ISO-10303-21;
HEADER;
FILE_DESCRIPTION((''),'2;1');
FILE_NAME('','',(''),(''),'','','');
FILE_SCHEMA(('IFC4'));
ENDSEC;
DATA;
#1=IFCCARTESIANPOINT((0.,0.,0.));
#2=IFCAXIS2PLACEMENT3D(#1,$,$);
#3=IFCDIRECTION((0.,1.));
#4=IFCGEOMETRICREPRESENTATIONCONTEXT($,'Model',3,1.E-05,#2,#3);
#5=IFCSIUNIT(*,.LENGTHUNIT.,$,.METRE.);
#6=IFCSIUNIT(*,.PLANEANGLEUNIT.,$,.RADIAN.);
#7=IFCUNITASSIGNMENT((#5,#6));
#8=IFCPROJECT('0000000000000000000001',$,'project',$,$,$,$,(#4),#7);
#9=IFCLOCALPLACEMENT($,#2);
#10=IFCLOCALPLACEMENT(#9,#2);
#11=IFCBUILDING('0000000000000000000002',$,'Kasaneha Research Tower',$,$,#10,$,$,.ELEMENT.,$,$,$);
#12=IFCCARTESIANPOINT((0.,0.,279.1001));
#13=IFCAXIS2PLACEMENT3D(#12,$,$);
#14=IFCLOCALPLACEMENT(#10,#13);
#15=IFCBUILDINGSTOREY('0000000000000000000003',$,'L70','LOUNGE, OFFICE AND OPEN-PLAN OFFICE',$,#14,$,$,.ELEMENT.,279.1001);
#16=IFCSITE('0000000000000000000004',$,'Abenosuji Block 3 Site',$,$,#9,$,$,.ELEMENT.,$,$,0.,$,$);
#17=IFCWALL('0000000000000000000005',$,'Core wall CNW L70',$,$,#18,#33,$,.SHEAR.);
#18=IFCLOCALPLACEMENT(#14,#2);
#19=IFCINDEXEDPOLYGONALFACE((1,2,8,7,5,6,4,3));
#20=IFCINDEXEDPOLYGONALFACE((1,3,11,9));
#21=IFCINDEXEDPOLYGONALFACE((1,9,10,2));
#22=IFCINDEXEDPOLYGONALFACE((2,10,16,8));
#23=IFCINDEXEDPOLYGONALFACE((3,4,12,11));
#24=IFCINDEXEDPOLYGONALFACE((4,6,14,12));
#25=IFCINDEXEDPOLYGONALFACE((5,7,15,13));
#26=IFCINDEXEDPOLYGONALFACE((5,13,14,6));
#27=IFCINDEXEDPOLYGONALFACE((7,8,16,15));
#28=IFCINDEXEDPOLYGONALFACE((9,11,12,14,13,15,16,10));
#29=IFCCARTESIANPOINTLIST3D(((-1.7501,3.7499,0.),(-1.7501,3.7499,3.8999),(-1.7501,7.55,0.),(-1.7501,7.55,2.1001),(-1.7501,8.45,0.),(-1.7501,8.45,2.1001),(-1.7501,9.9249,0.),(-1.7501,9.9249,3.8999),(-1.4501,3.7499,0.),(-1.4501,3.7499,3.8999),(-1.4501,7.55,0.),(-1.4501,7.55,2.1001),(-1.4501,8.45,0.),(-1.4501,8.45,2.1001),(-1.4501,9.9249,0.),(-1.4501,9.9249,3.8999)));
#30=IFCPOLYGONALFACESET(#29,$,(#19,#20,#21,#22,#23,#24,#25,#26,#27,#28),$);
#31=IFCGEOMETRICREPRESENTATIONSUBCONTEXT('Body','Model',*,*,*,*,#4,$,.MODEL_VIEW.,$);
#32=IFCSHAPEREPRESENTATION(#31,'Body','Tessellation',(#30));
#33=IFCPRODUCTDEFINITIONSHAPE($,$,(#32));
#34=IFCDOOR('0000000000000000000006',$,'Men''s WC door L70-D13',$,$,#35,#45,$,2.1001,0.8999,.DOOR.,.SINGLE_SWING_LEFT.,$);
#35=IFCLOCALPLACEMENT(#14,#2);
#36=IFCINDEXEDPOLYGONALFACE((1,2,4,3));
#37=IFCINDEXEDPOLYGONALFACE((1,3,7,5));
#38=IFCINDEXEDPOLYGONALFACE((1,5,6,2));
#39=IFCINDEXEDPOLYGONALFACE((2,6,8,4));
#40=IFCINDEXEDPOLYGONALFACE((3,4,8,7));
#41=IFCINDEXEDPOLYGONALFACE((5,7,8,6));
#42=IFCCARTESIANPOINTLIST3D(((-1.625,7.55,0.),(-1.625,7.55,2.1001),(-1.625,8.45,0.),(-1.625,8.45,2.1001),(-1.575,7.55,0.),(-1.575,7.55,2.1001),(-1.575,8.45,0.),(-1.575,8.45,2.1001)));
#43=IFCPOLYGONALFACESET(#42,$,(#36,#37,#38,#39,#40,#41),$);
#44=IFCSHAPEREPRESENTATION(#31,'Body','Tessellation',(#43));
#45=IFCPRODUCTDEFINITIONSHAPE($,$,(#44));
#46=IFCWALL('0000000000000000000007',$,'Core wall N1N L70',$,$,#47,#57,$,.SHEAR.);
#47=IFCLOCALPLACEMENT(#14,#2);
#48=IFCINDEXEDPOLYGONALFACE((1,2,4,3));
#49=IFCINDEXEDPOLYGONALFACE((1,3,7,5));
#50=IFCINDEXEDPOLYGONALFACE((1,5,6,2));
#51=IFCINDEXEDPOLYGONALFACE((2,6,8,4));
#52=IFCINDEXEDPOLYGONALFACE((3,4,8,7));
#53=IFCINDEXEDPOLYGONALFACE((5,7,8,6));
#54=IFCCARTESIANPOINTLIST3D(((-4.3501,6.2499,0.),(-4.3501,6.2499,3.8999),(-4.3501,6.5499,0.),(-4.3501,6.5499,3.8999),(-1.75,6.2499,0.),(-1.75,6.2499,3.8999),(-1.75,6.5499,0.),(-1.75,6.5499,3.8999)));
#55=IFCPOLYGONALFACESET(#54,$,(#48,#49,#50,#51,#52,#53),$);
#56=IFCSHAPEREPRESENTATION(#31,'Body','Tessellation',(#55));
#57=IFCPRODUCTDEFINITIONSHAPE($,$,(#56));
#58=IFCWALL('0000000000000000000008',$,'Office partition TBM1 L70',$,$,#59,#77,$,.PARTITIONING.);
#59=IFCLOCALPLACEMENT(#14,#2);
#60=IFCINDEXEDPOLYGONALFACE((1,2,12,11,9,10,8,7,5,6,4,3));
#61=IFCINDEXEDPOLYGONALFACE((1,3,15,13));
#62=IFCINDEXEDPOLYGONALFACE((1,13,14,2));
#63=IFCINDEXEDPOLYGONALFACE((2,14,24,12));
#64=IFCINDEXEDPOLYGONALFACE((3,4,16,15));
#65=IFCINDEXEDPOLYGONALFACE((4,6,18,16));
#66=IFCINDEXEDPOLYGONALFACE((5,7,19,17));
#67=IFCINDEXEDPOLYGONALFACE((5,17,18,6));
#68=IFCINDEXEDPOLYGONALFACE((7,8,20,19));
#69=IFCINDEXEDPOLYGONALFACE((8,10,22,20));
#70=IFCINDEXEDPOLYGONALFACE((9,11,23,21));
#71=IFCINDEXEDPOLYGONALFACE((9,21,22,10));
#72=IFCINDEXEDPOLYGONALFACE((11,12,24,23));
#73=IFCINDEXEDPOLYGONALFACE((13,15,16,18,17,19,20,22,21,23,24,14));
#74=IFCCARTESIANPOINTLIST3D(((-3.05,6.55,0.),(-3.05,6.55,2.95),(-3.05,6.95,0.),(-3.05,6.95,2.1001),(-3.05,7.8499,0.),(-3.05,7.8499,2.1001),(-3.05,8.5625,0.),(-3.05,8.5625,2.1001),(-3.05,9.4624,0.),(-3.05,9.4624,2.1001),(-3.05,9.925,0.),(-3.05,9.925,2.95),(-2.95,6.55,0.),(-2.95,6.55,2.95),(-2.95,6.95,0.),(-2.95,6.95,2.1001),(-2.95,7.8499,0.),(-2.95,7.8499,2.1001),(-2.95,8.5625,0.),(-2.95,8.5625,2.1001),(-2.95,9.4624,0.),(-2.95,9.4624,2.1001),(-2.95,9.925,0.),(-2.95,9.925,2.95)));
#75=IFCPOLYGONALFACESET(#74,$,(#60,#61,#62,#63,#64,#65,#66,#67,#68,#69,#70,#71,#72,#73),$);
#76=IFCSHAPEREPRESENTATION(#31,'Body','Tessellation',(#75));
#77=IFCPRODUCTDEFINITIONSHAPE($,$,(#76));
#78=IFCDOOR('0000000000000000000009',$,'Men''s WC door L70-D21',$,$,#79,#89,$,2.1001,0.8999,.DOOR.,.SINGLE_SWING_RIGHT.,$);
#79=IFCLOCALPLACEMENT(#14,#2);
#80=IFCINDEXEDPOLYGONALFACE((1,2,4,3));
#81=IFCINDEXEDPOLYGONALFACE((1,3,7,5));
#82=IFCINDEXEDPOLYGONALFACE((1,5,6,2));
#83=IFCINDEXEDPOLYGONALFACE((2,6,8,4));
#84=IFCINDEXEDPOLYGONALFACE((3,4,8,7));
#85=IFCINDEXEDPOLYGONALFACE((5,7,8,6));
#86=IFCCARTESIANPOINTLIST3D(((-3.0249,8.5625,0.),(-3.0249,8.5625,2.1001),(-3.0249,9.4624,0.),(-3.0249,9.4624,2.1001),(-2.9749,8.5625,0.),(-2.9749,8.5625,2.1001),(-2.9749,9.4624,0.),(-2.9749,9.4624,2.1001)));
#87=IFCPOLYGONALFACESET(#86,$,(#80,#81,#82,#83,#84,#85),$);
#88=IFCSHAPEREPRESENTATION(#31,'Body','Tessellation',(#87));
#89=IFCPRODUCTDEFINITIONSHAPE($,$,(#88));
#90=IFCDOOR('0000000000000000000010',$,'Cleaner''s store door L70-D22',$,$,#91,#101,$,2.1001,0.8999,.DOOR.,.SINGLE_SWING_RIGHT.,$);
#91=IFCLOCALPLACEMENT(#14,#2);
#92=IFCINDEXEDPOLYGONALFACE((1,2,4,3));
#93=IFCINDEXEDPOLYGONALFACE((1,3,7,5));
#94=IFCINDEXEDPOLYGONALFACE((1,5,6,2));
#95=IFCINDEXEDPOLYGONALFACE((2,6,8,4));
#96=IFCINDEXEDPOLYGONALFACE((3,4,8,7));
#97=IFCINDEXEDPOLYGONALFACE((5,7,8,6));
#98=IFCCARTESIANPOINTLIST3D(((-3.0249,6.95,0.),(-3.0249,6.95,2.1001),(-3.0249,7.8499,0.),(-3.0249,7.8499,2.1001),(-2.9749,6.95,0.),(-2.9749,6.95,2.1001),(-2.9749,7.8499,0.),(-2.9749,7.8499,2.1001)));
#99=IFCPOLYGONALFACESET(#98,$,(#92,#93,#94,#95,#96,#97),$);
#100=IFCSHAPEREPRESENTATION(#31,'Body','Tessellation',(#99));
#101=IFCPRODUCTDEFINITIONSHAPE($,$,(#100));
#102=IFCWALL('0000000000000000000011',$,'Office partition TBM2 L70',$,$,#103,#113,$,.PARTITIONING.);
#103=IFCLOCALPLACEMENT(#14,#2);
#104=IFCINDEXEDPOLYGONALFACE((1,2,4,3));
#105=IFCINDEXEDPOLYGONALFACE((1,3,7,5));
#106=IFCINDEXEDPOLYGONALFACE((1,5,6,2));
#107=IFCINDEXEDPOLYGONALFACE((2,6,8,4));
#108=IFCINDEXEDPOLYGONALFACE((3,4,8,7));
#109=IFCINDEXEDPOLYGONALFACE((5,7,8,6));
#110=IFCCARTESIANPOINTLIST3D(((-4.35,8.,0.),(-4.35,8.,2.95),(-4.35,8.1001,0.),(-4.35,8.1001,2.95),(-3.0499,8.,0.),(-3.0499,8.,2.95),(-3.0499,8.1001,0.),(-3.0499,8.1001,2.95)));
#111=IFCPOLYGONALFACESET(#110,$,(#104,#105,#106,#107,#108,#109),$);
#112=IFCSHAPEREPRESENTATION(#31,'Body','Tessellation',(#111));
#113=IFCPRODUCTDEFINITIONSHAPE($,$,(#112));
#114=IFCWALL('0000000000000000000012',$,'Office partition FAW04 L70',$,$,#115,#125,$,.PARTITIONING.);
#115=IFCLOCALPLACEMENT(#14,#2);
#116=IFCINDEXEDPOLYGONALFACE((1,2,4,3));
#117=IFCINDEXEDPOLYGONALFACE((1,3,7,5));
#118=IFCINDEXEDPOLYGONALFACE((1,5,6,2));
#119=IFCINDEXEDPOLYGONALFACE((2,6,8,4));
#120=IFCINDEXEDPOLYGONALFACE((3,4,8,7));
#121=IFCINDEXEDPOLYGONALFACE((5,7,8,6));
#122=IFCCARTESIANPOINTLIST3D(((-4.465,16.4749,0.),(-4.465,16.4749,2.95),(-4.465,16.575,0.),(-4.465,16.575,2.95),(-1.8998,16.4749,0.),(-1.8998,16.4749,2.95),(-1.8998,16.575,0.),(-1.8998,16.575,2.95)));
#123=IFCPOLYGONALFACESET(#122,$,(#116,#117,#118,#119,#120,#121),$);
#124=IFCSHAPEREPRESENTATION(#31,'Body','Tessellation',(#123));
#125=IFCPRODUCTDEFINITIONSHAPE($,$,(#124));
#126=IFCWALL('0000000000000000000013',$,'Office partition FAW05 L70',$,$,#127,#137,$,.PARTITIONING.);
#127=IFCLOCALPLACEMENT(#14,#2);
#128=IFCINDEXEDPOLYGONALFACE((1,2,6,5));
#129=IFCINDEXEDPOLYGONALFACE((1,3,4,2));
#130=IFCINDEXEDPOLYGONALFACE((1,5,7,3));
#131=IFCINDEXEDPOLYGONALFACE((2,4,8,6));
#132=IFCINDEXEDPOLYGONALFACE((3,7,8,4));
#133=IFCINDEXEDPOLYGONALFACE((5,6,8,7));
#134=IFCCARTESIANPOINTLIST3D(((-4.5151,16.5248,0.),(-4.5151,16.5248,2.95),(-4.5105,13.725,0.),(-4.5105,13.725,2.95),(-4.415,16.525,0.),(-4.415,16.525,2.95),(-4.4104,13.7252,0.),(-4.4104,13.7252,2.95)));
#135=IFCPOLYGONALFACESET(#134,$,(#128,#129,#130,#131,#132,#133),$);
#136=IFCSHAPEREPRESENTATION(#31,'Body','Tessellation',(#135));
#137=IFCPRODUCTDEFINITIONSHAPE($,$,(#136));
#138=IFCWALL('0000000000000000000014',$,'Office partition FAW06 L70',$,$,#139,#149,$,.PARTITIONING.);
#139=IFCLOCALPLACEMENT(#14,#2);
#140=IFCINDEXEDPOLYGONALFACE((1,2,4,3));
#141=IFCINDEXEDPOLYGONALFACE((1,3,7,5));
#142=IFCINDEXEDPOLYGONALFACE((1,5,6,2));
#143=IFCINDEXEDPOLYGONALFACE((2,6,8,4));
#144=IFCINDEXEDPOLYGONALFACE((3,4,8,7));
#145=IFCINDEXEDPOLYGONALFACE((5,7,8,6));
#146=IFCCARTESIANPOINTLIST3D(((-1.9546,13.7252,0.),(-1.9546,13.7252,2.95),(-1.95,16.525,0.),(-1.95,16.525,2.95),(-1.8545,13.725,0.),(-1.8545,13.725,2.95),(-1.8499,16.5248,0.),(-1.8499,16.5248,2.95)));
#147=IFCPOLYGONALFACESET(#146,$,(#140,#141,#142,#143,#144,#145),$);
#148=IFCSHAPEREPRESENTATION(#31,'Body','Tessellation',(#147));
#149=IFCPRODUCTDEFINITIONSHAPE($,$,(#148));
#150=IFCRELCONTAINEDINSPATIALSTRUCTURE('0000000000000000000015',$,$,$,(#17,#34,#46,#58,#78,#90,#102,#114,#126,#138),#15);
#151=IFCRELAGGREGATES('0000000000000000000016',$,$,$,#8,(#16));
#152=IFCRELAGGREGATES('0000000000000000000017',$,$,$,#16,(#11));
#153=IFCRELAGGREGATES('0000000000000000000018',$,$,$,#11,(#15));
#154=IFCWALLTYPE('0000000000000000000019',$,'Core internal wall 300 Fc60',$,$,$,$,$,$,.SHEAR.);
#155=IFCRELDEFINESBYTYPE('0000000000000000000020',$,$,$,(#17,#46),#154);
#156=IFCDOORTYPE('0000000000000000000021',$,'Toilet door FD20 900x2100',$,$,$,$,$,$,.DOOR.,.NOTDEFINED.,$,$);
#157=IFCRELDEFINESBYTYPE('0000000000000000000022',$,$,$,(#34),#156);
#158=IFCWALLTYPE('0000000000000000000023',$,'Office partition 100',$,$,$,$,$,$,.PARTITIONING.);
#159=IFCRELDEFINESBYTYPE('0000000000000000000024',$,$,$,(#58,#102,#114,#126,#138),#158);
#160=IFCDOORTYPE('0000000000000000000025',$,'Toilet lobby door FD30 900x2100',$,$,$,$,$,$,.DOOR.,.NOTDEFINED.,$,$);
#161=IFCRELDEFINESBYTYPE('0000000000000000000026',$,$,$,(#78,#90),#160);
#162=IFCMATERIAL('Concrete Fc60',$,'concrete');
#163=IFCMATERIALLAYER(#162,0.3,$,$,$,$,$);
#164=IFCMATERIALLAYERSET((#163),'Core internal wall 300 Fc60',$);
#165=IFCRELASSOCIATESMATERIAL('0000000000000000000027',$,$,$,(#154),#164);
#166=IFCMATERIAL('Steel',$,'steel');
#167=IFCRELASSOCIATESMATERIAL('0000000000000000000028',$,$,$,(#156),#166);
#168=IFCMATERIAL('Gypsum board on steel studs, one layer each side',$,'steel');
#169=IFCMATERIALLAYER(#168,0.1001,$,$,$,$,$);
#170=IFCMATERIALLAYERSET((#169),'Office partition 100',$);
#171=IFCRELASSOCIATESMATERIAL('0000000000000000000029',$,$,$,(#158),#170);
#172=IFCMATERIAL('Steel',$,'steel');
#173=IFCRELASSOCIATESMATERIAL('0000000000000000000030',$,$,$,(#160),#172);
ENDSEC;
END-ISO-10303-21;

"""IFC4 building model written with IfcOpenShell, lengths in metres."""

from ifc_helpers import new_model, si_unit, direction, frame, frame_2d, origin, place, context, subcontext, project, spatial, rectangle, extrude, material, layer, layer_set, type_object, element, fill, save


model = new_model("IFC4")

# Units and contexts
model_context = context("Model", 3, precision=1e-05, world=origin(), true_north=direction((0.0, 1.0)))
body_context = subcontext(model_context, "Body", "Model", "MODEL_VIEW")
ifc_project = project(units=[si_unit("LENGTHUNIT", "METRE"), si_unit("PLANEANGLEUNIT", "RADIAN")], contexts=[model_context])

# Site, building, storey
site_placement = place(None, origin())
site = spatial("IfcSite", under=ifc_project, at=site_placement, Name="Abenosuji Block 3 Site", CompositionType="ELEMENT", RefElevation=0.0)
building_placement = place(site_placement, origin())
building = spatial("IfcBuilding", under=site, at=building_placement, Name="Kasaneha Research Tower", CompositionType="ELEMENT")
storey_placement = place(building_placement, frame((0.0, 0.0, 279.1001)))
storey = spatial("IfcBuildingStorey", under=building, at=storey_placement, Name="L70", Description="LOUNGE, OFFICE AND OPEN-PLAN OFFICE", CompositionType="ELEMENT", Elevation=279.1001)

# Wall, opening, door
ifc_material_1 = material(Name="Concrete Fc60", Category="concrete")
ifc_layer_1 = layer(ifc_material_1, 0.3)
ifc_layer_set_1 = layer_set([ifc_layer_1], Name="Core internal wall 300 Fc60")
wall_type_1 = type_object("IfcWallType", Name="Core internal wall 300 Fc60", PredefinedType="SHEAR", material=ifc_layer_set_1)
wall_1_placement = place(storey_placement, frame((-1.6001, 3.75, 0.0), z_axis=(0.0, 0.0, 1.0), x_axis=(0.0, 1.0, 0.0)))
wall_1 = element("IfcWall", 1, at=wall_1_placement, inside=storey, type_object=wall_type_1, Name="Core wall CNW L70", PredefinedType="SHEAR", context=body_context, shape_type="SweptSolid", body=[
    extrude(rectangle(XDim=6.175, YDim=0.3, at=frame_2d((3.0874, 0.0))), origin(), (0.0, 0.0, 1.0), 3.8999),
])
opening_1_placement = place(wall_1_placement, frame((3.8, 0.0, 0.0)))
opening_1 = element("IfcOpeningElement", 2, at=opening_1_placement, cuts=wall_1, PredefinedType="OPENING", context=body_context, shape_type="SweptSolid", body=[
    extrude(rectangle(XDim=0.8999, YDim=2.1001, at=frame_2d((0.45, 1.05))), frame((0.0, 0.1602, 0.0), z_axis=(0.0, -1.0, 0.0), x_axis=(1.0, 0.0, 0.0)), (0.0, 0.0, 1.0), 0.3201),
])
ifc_material_2 = material(Name="Steel", Category="steel")
door_type_1 = type_object("IfcDoorType", Name="Toilet door FD20 900x2100", OperationType="NOTDEFINED", PredefinedType="DOOR", material=ifc_material_2)
door_1_placement = place(opening_1_placement, origin())
door_1 = element("IfcDoor", 3, at=door_1_placement, inside=storey, type_object=door_type_1, Name="Men's WC door L70-D13", OperationType="SINGLE_SWING_LEFT", OverallHeight=2.1001, OverallWidth=0.8999, PredefinedType="DOOR", context=body_context, shape_type="SweptSolid", body=[
    extrude(rectangle(XDim=0.8999, YDim=2.1001, at=frame_2d((0.45, 1.05))), frame((0.0, 0.0249, 0.0), z_axis=(0.0, -1.0, 0.0), x_axis=(1.0, 0.0, 0.0)), (0.0, 0.0, 1.0), 0.05),
])
fill(opening_1, door_1)

# Wall
wall_2_placement = place(storey_placement, frame((-4.3501, 6.3999, 0.0), z_axis=(0.0, 0.0, 1.0), x_axis=(1.0, 0.0, 0.0)))
element("IfcWall", 4, at=wall_2_placement, inside=storey, type_object=wall_type_1, Name="Core wall N1N L70", PredefinedType="SHEAR", context=body_context, shape_type="SweptSolid", body=[
    extrude(rectangle(XDim=2.6001, YDim=0.3, at=frame_2d((1.3, 0.0))), origin(), (0.0, 0.0, 1.0), 3.8999),
])

# Wall, openings, doors
ifc_material_3 = material(Name="Gypsum board on steel studs, one layer each side", Category="steel")
ifc_layer_2 = layer(ifc_material_3, 0.1001)
ifc_layer_set_2 = layer_set([ifc_layer_2], Name="Office partition 100")
wall_type_2 = type_object("IfcWallType", Name="Office partition 100", PredefinedType="PARTITIONING", material=ifc_layer_set_2)
wall_3_placement = place(storey_placement, frame((-3.0, 6.55, 0.0), z_axis=(0.0, 0.0, 1.0), x_axis=(0.0, 1.0, 0.0)))
wall_3 = element("IfcWall", 5, at=wall_3_placement, inside=storey, type_object=wall_type_2, Name="Office partition TBM1 L70", PredefinedType="PARTITIONING", context=body_context, shape_type="SweptSolid", body=[
    extrude(rectangle(XDim=3.375, YDim=0.1001, at=frame_2d((1.6875, 0.0))), origin(), (0.0, 0.0, 1.0), 2.95),
])
opening_2_placement = place(wall_3_placement, frame((2.0125, 0.0, 0.0)))
opening_2 = element("IfcOpeningElement", 6, at=opening_2_placement, cuts=wall_3, PredefinedType="OPENING", context=body_context, shape_type="SweptSolid", body=[
    extrude(rectangle(XDim=0.8999, YDim=2.1001, at=frame_2d((0.45, 1.05))), frame((0.0, 0.0601, 0.0), z_axis=(0.0, -1.0, 0.0), x_axis=(1.0, 0.0, 0.0)), (0.0, 0.0, 1.0), 0.1201),
])
opening_3_placement = place(wall_3_placement, frame((0.3999, 0.0, 0.0)))
opening_3 = element("IfcOpeningElement", 7, at=opening_3_placement, cuts=wall_3, PredefinedType="OPENING", context=body_context, shape_type="SweptSolid", body=[
    extrude(rectangle(XDim=0.8999, YDim=2.1001, at=frame_2d((0.45, 1.05))), frame((0.0, 0.0601, 0.0), z_axis=(0.0, -1.0, 0.0), x_axis=(1.0, 0.0, 0.0)), (0.0, 0.0, 1.0), 0.1201),
])
ifc_material_4 = material(Name="Steel", Category="steel")
door_type_2 = type_object("IfcDoorType", Name="Toilet lobby door FD30 900x2100", OperationType="NOTDEFINED", PredefinedType="DOOR", material=ifc_material_4)
door_2_placement = place(opening_2_placement, origin())
door_2 = element("IfcDoor", 8, at=door_2_placement, inside=storey, type_object=door_type_2, Name="Men's WC door L70-D21", OperationType="SINGLE_SWING_RIGHT", OverallHeight=2.1001, OverallWidth=0.8999, PredefinedType="DOOR", context=body_context, shape_type="SweptSolid", body=[
    extrude(rectangle(XDim=0.8999, YDim=2.1001, at=frame_2d((0.45, 1.05))), frame((0.0, 0.0249, 0.0), z_axis=(0.0, -1.0, 0.0), x_axis=(1.0, 0.0, 0.0)), (0.0, 0.0, 1.0), 0.05),
])
fill(opening_2, door_2)
door_3_placement = place(opening_3_placement, origin())
door_3 = element("IfcDoor", 9, at=door_3_placement, inside=storey, type_object=door_type_2, Name="Cleaner's store door L70-D22", OperationType="SINGLE_SWING_RIGHT", OverallHeight=2.1001, OverallWidth=0.8999, PredefinedType="DOOR", context=body_context, shape_type="SweptSolid", body=[
    extrude(rectangle(XDim=0.8999, YDim=2.1001, at=frame_2d((0.45, 1.05))), frame((0.0, 0.0249, 0.0), z_axis=(0.0, -1.0, 0.0), x_axis=(1.0, 0.0, 0.0)), (0.0, 0.0, 1.0), 0.05),
])
fill(opening_3, door_3)

# Walls
wall_4_placement = place(storey_placement, frame((-3.05, 8.05, 0.0), z_axis=(0.0, 0.0, 1.0), x_axis=(-1.0, 0.0, 0.0)))
element("IfcWall", 10, at=wall_4_placement, inside=storey, type_object=wall_type_2, Name="Office partition TBM2 L70", PredefinedType="PARTITIONING", context=body_context, shape_type="SweptSolid", body=[
    extrude(rectangle(XDim=1.3, YDim=0.1001, at=frame_2d((0.6499, 0.0))), origin(), (0.0, 0.0, 1.0), 2.95),
])
wall_5_placement = place(storey_placement, frame((-4.4651, 16.5249, 0.0), z_axis=(0.0, 0.0, 1.0), x_axis=(1.0, 0.0, 0.0)))
element("IfcWall", 11, at=wall_5_placement, inside=storey, type_object=wall_type_2, Name="Office partition FAW04 L70", PredefinedType="PARTITIONING", context=body_context, shape_type="SweptSolid", body=[
    extrude(rectangle(XDim=2.5652, YDim=0.1001, at=frame_2d((1.2827, 0.0))), origin(), (0.0, 0.0, 1.0), 2.95),
])
for number, where, z_axis, x_axis, name in (
    (12, (-4.4604, 13.7251, 0.0), (0.0, 0.0, 1.0), (-0.001657, 0.999999, 0.0), "Office partition FAW05 L70"),
    (13, (-1.8999, 16.5249, 0.0), (0.0, 0.0, 1.0), (-0.001657, -0.999999, 0.0), "Office partition FAW06 L70"),
):
    element("IfcWall", number, at=place(storey_placement, frame(where, z_axis=z_axis, x_axis=x_axis)), inside=storey, type_object=wall_type_2, Name=name, PredefinedType="PARTITIONING", context=body_context, shape_type="SweptSolid", body=[
        extrude(rectangle(XDim=2.7998, YDim=0.1001, at=frame_2d((1.3999, 0.0))), origin(), (0.0, 0.0, 1.0), 2.95),
    ])

save(model, "model.ifc")
